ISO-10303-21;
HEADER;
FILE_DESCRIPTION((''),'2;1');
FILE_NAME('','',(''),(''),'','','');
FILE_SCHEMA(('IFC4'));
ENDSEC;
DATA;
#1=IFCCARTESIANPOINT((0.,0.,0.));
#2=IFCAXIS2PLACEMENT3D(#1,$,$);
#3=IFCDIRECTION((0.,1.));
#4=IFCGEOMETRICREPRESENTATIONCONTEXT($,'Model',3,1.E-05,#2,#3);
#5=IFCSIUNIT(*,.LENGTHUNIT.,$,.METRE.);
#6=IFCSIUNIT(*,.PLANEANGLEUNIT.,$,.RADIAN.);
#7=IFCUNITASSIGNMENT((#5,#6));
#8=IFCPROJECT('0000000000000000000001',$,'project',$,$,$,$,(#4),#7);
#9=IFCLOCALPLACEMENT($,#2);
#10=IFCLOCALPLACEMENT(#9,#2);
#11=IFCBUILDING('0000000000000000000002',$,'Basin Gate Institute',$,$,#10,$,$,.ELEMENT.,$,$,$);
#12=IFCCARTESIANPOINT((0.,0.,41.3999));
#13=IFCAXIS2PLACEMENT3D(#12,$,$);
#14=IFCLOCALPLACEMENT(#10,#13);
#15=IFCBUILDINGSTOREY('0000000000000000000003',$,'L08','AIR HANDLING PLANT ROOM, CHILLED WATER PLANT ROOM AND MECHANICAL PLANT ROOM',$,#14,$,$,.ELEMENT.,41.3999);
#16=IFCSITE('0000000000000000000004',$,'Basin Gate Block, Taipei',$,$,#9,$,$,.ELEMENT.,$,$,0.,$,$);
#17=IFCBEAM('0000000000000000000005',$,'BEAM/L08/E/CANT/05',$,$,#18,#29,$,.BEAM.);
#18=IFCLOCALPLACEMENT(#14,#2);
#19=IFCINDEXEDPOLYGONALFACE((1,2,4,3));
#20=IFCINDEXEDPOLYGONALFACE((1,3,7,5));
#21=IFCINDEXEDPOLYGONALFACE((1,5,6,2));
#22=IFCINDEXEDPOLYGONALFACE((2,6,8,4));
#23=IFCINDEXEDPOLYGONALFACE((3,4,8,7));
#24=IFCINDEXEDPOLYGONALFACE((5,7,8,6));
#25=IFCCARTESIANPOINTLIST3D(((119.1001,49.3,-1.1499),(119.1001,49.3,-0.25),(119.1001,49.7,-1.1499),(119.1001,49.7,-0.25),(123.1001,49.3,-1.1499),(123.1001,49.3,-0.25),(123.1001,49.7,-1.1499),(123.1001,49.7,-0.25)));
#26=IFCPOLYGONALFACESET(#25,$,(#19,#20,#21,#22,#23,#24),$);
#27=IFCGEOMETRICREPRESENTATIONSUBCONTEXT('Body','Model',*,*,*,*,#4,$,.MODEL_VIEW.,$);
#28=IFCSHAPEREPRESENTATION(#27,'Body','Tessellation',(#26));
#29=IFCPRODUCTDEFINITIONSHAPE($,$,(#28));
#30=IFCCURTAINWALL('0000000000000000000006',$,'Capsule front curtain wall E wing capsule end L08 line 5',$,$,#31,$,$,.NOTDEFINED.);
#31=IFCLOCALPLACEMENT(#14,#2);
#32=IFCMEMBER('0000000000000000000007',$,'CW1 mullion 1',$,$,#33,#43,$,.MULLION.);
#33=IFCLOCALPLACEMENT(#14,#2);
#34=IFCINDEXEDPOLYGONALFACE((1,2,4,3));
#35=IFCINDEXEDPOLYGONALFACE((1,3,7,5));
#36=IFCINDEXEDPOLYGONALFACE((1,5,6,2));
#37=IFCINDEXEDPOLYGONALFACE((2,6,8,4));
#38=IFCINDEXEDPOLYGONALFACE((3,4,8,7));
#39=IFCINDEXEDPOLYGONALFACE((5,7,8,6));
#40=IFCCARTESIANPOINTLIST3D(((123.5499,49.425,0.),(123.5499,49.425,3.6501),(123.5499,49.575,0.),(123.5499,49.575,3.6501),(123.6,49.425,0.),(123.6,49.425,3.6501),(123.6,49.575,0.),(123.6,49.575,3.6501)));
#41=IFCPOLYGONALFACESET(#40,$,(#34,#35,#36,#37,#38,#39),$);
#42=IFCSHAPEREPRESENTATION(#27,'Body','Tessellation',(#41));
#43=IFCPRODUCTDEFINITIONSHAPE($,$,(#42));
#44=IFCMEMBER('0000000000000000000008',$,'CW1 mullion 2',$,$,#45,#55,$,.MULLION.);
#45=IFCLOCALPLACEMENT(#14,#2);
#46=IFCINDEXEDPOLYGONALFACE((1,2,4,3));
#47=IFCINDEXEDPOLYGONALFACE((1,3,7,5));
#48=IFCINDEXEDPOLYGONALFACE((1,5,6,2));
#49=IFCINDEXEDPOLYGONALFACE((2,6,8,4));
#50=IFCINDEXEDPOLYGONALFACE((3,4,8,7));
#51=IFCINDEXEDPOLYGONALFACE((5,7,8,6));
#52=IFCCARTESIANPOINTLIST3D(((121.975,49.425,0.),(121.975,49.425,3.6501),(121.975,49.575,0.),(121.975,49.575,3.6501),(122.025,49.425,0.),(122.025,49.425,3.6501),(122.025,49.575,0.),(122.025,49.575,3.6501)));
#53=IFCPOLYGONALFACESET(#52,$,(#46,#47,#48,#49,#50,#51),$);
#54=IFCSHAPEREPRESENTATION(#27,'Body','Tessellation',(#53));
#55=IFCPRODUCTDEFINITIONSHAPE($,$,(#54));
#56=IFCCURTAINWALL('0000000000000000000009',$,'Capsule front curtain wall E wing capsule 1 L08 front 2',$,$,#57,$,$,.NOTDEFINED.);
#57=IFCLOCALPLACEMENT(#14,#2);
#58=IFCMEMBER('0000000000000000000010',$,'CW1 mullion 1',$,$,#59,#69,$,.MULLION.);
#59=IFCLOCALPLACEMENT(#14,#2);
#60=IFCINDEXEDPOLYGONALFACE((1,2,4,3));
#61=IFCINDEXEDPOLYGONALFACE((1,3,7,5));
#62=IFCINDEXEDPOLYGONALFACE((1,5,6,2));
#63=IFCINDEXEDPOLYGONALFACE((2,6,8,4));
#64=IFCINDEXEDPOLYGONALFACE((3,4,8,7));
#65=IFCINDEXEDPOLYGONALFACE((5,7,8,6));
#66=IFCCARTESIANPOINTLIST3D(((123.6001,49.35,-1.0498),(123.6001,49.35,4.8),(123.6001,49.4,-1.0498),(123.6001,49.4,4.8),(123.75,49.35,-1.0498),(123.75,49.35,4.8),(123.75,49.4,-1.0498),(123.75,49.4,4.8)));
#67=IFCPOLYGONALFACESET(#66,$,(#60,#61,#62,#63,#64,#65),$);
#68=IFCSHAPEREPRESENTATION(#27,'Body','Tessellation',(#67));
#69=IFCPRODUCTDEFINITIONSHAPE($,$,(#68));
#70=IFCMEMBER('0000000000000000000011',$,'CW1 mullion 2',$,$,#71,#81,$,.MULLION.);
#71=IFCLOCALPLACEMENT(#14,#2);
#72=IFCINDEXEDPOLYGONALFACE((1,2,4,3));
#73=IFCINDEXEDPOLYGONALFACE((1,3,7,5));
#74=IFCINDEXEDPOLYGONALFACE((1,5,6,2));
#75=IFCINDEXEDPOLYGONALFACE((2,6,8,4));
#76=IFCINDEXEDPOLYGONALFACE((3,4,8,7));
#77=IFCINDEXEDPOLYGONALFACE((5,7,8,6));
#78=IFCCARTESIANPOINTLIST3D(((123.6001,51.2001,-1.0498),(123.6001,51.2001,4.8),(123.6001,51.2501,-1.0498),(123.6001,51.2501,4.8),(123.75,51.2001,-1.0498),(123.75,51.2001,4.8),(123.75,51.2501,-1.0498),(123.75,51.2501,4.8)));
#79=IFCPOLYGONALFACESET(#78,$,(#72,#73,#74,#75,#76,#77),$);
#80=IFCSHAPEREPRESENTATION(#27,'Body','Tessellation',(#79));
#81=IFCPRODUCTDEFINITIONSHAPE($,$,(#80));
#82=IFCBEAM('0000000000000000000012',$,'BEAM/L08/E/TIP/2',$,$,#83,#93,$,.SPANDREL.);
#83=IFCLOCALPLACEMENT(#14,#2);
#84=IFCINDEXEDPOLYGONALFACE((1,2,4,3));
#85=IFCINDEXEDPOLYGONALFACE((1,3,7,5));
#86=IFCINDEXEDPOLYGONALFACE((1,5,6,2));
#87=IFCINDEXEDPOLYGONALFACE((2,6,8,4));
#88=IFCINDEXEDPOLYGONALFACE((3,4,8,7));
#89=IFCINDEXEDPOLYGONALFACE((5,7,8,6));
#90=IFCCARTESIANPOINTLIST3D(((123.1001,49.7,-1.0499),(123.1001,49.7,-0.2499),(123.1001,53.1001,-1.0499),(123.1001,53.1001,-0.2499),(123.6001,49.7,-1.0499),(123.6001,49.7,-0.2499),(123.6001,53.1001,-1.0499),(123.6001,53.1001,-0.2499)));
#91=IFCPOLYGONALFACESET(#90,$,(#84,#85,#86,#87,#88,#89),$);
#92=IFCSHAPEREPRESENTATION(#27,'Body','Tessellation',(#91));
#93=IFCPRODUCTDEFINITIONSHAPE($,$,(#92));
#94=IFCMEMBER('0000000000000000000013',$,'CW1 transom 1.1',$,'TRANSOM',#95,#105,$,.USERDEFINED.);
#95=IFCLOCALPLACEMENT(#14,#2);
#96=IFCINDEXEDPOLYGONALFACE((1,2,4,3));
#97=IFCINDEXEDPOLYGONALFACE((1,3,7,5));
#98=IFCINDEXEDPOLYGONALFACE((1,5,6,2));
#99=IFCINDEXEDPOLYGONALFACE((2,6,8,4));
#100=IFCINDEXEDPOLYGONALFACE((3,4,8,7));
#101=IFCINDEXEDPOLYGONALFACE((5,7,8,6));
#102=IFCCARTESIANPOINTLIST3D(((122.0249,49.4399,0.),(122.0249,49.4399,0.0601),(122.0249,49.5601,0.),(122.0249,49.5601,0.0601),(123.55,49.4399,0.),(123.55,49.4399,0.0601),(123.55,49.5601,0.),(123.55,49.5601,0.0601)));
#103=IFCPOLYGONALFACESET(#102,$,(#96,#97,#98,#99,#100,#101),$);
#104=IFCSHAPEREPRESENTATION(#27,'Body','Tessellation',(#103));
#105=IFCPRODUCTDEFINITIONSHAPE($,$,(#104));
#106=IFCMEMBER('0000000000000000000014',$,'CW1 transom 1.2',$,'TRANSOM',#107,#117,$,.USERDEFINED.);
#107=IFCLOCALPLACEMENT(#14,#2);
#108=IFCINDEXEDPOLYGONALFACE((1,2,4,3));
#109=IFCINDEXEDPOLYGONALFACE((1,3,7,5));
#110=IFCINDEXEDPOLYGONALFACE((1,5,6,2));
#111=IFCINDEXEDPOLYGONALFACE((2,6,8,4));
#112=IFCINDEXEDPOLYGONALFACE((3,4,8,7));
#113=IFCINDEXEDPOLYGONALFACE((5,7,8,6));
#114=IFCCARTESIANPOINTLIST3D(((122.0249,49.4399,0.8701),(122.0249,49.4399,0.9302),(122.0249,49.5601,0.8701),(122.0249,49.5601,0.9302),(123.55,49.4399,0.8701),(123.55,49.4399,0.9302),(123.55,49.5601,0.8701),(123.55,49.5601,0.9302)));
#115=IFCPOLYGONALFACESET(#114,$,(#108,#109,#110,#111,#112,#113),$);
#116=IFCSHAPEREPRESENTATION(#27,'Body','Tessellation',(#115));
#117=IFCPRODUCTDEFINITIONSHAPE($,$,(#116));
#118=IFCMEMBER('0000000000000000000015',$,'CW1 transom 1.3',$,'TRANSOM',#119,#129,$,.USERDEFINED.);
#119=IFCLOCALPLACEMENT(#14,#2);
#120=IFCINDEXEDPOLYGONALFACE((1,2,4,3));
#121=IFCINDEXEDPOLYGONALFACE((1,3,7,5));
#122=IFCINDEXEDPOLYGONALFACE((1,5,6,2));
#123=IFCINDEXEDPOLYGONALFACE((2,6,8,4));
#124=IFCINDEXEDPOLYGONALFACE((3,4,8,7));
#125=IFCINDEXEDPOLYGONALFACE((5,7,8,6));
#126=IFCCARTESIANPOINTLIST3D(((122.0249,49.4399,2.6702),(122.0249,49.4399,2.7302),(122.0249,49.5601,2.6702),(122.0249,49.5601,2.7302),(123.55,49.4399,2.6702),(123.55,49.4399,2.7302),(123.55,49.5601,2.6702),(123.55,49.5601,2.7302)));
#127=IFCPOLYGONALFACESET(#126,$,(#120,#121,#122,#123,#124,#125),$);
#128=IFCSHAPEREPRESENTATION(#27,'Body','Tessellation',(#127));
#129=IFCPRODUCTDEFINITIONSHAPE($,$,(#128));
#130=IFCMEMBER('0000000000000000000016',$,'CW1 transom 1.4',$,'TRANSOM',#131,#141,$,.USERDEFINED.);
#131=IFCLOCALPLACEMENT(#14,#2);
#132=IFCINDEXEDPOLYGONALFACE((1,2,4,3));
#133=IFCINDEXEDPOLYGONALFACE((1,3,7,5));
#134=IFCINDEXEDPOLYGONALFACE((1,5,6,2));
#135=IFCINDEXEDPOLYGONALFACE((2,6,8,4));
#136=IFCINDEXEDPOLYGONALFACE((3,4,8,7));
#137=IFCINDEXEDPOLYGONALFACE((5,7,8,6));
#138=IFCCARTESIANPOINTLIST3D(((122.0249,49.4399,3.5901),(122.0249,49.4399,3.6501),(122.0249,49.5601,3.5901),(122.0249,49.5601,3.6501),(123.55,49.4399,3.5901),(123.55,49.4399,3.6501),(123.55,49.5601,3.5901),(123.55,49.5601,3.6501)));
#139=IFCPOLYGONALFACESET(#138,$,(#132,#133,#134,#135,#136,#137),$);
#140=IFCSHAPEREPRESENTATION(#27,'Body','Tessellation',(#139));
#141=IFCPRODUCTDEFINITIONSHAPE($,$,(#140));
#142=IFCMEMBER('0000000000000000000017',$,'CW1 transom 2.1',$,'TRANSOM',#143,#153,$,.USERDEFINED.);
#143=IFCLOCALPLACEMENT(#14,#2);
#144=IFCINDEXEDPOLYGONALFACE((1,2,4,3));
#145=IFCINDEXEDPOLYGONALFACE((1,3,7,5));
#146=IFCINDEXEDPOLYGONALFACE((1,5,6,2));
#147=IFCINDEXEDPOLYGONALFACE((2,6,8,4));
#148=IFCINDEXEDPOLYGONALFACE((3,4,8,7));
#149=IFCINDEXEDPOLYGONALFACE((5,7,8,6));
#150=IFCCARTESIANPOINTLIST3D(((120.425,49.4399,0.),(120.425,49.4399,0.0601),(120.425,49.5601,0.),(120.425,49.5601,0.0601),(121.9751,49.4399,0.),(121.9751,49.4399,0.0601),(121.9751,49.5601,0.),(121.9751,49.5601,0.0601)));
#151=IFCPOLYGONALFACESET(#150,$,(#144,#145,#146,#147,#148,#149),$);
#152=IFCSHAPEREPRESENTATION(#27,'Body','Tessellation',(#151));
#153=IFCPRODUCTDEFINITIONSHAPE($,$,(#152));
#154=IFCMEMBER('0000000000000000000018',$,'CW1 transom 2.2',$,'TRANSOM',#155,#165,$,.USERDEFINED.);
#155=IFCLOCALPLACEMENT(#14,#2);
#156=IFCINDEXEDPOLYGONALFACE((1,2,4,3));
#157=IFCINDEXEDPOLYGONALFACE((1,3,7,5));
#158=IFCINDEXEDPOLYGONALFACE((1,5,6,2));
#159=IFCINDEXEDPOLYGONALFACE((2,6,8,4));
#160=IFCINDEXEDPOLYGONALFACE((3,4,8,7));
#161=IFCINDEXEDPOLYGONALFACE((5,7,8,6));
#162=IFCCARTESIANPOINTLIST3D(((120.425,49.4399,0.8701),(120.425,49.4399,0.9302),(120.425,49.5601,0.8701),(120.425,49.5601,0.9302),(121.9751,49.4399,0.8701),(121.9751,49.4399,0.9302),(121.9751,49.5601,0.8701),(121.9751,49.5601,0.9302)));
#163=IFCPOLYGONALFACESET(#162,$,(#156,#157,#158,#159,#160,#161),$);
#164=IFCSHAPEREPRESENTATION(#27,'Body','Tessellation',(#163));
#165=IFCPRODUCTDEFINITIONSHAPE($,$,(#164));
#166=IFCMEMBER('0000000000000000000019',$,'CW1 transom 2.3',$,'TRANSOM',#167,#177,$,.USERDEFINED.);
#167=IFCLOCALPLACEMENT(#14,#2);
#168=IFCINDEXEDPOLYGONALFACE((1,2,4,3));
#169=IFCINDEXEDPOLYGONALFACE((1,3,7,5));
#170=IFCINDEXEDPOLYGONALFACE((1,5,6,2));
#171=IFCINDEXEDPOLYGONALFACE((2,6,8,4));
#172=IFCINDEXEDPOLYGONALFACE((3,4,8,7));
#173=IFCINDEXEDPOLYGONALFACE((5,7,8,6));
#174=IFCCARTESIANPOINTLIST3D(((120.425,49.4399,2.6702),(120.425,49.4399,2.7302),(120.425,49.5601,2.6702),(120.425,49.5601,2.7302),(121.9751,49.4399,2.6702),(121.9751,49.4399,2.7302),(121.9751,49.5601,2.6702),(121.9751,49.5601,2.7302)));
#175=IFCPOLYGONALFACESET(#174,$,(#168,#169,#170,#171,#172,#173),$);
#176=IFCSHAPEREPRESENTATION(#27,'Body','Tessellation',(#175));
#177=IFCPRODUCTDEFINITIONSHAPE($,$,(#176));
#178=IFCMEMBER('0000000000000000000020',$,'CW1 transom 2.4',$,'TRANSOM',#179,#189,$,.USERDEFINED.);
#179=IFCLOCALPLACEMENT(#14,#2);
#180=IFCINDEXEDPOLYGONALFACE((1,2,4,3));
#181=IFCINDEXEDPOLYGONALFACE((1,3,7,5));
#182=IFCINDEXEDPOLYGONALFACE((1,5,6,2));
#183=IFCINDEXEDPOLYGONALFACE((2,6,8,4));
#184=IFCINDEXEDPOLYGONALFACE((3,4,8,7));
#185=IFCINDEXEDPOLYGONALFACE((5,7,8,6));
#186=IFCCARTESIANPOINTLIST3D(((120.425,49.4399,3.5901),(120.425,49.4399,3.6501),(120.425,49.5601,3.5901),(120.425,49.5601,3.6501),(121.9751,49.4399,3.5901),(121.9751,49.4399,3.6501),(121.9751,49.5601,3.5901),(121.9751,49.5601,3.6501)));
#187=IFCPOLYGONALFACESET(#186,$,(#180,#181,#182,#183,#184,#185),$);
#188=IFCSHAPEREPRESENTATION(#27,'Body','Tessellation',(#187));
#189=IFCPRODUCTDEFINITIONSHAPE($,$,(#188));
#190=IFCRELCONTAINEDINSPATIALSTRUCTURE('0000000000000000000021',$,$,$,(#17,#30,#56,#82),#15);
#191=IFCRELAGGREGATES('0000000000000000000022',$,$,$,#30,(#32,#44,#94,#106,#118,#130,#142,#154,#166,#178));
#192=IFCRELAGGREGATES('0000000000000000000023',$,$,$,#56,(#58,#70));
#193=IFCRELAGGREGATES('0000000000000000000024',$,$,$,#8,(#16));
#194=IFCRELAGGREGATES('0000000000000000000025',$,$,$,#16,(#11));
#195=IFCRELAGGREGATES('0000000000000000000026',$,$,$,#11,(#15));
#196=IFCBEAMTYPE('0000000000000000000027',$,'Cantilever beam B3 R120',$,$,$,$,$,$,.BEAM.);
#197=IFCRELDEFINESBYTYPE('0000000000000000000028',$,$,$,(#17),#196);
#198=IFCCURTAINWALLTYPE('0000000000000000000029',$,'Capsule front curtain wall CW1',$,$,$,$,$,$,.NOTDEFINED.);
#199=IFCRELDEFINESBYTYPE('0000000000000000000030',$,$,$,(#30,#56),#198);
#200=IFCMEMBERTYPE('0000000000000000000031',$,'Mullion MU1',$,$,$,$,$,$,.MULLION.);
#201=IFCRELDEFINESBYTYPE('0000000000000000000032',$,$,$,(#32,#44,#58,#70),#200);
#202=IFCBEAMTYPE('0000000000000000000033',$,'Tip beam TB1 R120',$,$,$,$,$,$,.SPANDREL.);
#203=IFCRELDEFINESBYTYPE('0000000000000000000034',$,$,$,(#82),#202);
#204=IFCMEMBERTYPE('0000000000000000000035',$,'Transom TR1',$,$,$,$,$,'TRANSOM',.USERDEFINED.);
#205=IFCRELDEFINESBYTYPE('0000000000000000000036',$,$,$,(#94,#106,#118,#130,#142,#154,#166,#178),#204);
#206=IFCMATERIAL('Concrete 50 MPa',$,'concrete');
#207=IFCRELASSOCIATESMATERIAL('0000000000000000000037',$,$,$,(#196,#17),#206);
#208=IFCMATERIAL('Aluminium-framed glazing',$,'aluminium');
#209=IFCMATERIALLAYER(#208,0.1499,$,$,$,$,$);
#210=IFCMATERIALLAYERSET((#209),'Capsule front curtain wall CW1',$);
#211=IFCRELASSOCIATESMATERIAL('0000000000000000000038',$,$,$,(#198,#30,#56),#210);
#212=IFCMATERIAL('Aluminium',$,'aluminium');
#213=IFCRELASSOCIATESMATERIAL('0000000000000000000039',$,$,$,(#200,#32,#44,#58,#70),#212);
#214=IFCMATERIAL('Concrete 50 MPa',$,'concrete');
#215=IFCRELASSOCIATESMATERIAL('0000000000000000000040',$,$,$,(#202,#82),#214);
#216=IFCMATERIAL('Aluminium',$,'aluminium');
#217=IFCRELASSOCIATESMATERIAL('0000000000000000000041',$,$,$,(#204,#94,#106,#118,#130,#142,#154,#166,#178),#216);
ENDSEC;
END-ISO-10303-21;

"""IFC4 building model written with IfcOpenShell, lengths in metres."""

from ifc_helpers import new_model, si_unit, direction, frame, origin, origin_2d, place, context, subcontext, project, spatial, rectangle, extrude, material, layer, layer_set, material_profile, profile_set, type_object, element, aggregate, save


model = new_model("IFC4")

# Units and contexts
model_context = context("Model", 3, precision=1e-05, world=origin(), true_north=direction((0.0, 1.0)))
body_context = subcontext(model_context, "Body", "Model", "MODEL_VIEW")
ifc_project = project(units=[si_unit("LENGTHUNIT", "METRE"), si_unit("PLANEANGLEUNIT", "RADIAN")], contexts=[model_context])

# Site, building, storey
site_placement = place(None, origin())
site = spatial("IfcSite", under=ifc_project, at=site_placement, Name="Basin Gate Block, Taipei", CompositionType="ELEMENT", RefElevation=0.0)
building_placement = place(site_placement, origin())
building = spatial("IfcBuilding", under=site, at=building_placement, Name="Basin Gate Institute", CompositionType="ELEMENT")
storey_placement = place(building_placement, frame((0.0, 0.0, 41.3999)))
storey = spatial("IfcBuildingStorey", under=building, at=storey_placement, Name="L08", Description="AIR HANDLING PLANT ROOM, CHILLED WATER PLANT ROOM AND MECHANICAL PLANT ROOM", CompositionType="ELEMENT", Elevation=41.3999)

# Beam
ifc_material_1 = material(Name="Concrete 50 MPa", Category="concrete")
ifc_material_profile_1 = material_profile(ifc_material_1, rectangle(XDim=0.3999, YDim=0.8999, at=origin_2d()), Name="Cantilever beam B3 400 x 900")
ifc_profile_set_1 = profile_set([ifc_material_profile_1], Name="Concrete 50 MPa")
beam_type_1 = type_object("IfcBeamType", Name="Cantilever beam B3 R120", PredefinedType="BEAM", material=ifc_profile_set_1)
beam_1_placement = place(storey_placement, frame((123.1001, 49.5, -0.7), z_axis=(-1.0, 0.0, 0.0), x_axis=(0.0, -1.0, 0.0)))
element("IfcBeam", 1, at=beam_1_placement, inside=storey, type_object=beam_type_1, material=ifc_profile_set_1, Name="BEAM/L08/E/CANT/05", PredefinedType="BEAM", context=body_context, shape_type="SweptSolid", body=[
    extrude(rectangle(XDim=0.3999, YDim=0.8999, at=origin_2d()), origin(), (0.0, 0.0, 1.0), 4.0),
])

# Curtain walls, members
ifc_material_2 = material(Name="Aluminium-framed glazing", Category="aluminium")
ifc_layer_1 = layer(ifc_material_2, 0.1499)
ifc_layer_set_1 = layer_set([ifc_layer_1], Name="Capsule front curtain wall CW1")
curtain_wall_type = type_object("IfcCurtainWallType", Name="Capsule front curtain wall CW1", PredefinedType="NOTDEFINED", material=ifc_layer_set_1)
curtain_wall_1_placement = place(storey_placement, origin())
curtain_wall_1 = element("IfcCurtainWall", 2, at=curtain_wall_1_placement, inside=storey, type_object=curtain_wall_type, material=ifc_layer_set_1, Name="Capsule front curtain wall E wing capsule end L08 line 5", PredefinedType="NOTDEFINED")
ifc_material_3 = material(Name="Aluminium", Category="aluminium")
ifc_material_profile_2 = material_profile(ifc_material_3, rectangle(XDim=0.1499, YDim=0.05, at=origin_2d()), Name="Mullion MU1 150 x 50")
ifc_profile_set_2 = profile_set([ifc_material_profile_2], Name="Aluminium")
member_type_1 = type_object("IfcMemberType", Name="Mullion MU1", PredefinedType="MULLION", material=ifc_profile_set_2)
member_1_placement = place(storey_placement, frame((123.575, 49.5, 0.0), z_axis=(0.0, 0.0, 1.0), x_axis=(0.0, -1.0, 0.0)))
member_1 = element("IfcMember", 3, at=member_1_placement, type_object=member_type_1, material=ifc_profile_set_2, Name="CW1 mullion 1", PredefinedType="MULLION", context=body_context, shape_type="SweptSolid", body=[
    extrude(rectangle(XDim=0.1499, YDim=0.05, at=origin_2d()), origin(), (0.0, 0.0, 1.0), 3.6501),
])
member_2_placement = place(storey_placement, frame((122.0, 49.5, 0.0), z_axis=(0.0, 0.0, 1.0), x_axis=(0.0, -1.0, 0.0)))
member_2 = element("IfcMember", 4, at=member_2_placement, type_object=member_type_1, material=ifc_profile_set_2, Name="CW1 mullion 2", PredefinedType="MULLION", context=body_context, shape_type="SweptSolid", body=[
    extrude(rectangle(XDim=0.1499, YDim=0.05, at=origin_2d()), origin(), (0.0, 0.0, 1.0), 3.6501),
])
curtain_wall_2_placement = place(storey_placement, origin())
curtain_wall_2 = element("IfcCurtainWall", 5, at=curtain_wall_2_placement, inside=storey, type_object=curtain_wall_type, material=ifc_layer_set_1, Name="Capsule front curtain wall E wing capsule 1 L08 front 2", PredefinedType="NOTDEFINED")
member_3_placement = place(storey_placement, frame((123.675, 49.375, -1.0498), z_axis=(0.0, 0.0, 1.0), x_axis=(-1.0, 0.0, 0.0)))
member_3 = element("IfcMember", 6, at=member_3_placement, type_object=member_type_1, material=ifc_profile_set_2, Name="CW1 mullion 1", PredefinedType="MULLION", context=body_context, shape_type="SweptSolid", body=[
    extrude(rectangle(XDim=0.1499, YDim=0.05, at=origin_2d()), origin(), (0.0, 0.0, 1.0), 5.8499),
])
member_4_placement = place(storey_placement, frame((123.675, 51.2251, -1.0498), z_axis=(0.0, 0.0, 1.0), x_axis=(-1.0, 0.0, 0.0)))
member_4 = element("IfcMember", 7, at=member_4_placement, type_object=member_type_1, material=ifc_profile_set_2, Name="CW1 mullion 2", PredefinedType="MULLION", context=body_context, shape_type="SweptSolid", body=[
    extrude(rectangle(XDim=0.1499, YDim=0.05, at=origin_2d()), origin(), (0.0, 0.0, 1.0), 5.8499),
])

# Beam
ifc_material_4 = material(Name="Concrete 50 MPa", Category="concrete")
ifc_material_profile_3 = material_profile(ifc_material_4, rectangle(XDim=0.5, YDim=0.8, at=origin_2d()), Name="Tip beam TB1 500 x 800")
ifc_profile_set_3 = profile_set([ifc_material_profile_3], Name="Concrete 50 MPa")
beam_type_2 = type_object("IfcBeamType", Name="Tip beam TB1 R120", PredefinedType="SPANDREL", material=ifc_profile_set_3)
beam_2_placement = place(storey_placement, frame((123.3501, 49.7, -0.6499), z_axis=(0.0, 1.0, 0.0), x_axis=(-1.0, 0.0, 0.0)))
element("IfcBeam", 8, at=beam_2_placement, inside=storey, type_object=beam_type_2, material=ifc_profile_set_3, Name="BEAM/L08/E/TIP/2", PredefinedType="SPANDREL", context=body_context, shape_type="SweptSolid", body=[
    extrude(rectangle(XDim=0.5, YDim=0.8, at=origin_2d()), origin(), (0.0, 0.0, 1.0), 3.4001),
])

# Members
ifc_material_5 = material(Name="Aluminium", Category="aluminium")
ifc_material_profile_4 = material_profile(ifc_material_5, rectangle(XDim=0.1201, YDim=0.0601, at=origin_2d()), Name="Transom TR1 120 x 60")
ifc_profile_set_4 = profile_set([ifc_material_profile_4], Name="Aluminium")
member_type_2 = type_object("IfcMemberType", Name="Transom TR1", ElementType="TRANSOM", PredefinedType="USERDEFINED", material=ifc_profile_set_4)
member_5_placement = place(storey_placement, frame((123.55, 49.5, 0.03), z_axis=(-1.0, 0.0, 0.0), x_axis=(0.0, -1.0, 0.0)))
member_5 = element("IfcMember", 9, at=member_5_placement, type_object=member_type_2, material=ifc_profile_set_4, Name="CW1 transom 1.1", ObjectType="TRANSOM", PredefinedType="USERDEFINED", context=body_context, shape_type="SweptSolid", body=[
    extrude(rectangle(XDim=0.1201, YDim=0.0601, at=origin_2d()), origin(), (0.0, 0.0, 1.0), 1.5251),
])
member_6_placement = place(storey_placement, frame((123.55, 49.5, 0.9001), z_axis=(-1.0, 0.0, 0.0), x_axis=(0.0, -1.0, 0.0)))
member_6 = element("IfcMember", 10, at=member_6_placement, type_object=member_type_2, material=ifc_profile_set_4, Name="CW1 transom 1.2", ObjectType="TRANSOM", PredefinedType="USERDEFINED", context=body_context, shape_type="SweptSolid", body=[
    extrude(rectangle(XDim=0.1201, YDim=0.0601, at=origin_2d()), origin(), (0.0, 0.0, 1.0), 1.5251),
])
member_7_placement = place(storey_placement, frame((123.55, 49.5, 2.7002), z_axis=(-1.0, 0.0, 0.0), x_axis=(0.0, -1.0, 0.0)))
member_7 = element("IfcMember", 11, at=member_7_placement, type_object=member_type_2, material=ifc_profile_set_4, Name="CW1 transom 1.3", ObjectType="TRANSOM", PredefinedType="USERDEFINED", context=body_context, shape_type="SweptSolid", body=[
    extrude(rectangle(XDim=0.1201, YDim=0.0601, at=origin_2d()), origin(), (0.0, 0.0, 1.0), 1.5251),
])
member_8_placement = place(storey_placement, frame((123.55, 49.5, 3.6201), z_axis=(-1.0, 0.0, 0.0), x_axis=(0.0, -1.0, 0.0)))
member_8 = element("IfcMember", 12, at=member_8_placement, type_object=member_type_2, material=ifc_profile_set_4, Name="CW1 transom 1.4", ObjectType="TRANSOM", PredefinedType="USERDEFINED", context=body_context, shape_type="SweptSolid", body=[
    extrude(rectangle(XDim=0.1201, YDim=0.0601, at=origin_2d()), origin(), (0.0, 0.0, 1.0), 1.5251),
])
member_9_placement = place(storey_placement, frame((121.9751, 49.5, 0.03), z_axis=(-1.0, 0.0, 0.0), x_axis=(0.0, -1.0, 0.0)))
member_9 = element("IfcMember", 13, at=member_9_placement, type_object=member_type_2, material=ifc_profile_set_4, Name="CW1 transom 2.1", ObjectType="TRANSOM", PredefinedType="USERDEFINED", context=body_context, shape_type="SweptSolid", body=[
    extrude(rectangle(XDim=0.1201, YDim=0.0601, at=origin_2d()), origin(), (0.0, 0.0, 1.0), 1.55),
])
member_10_placement = place(storey_placement, frame((121.9751, 49.5, 0.9001), z_axis=(-1.0, 0.0, 0.0), x_axis=(0.0, -1.0, 0.0)))
member_10 = element("IfcMember", 14, at=member_10_placement, type_object=member_type_2, material=ifc_profile_set_4, Name="CW1 transom 2.2", ObjectType="TRANSOM", PredefinedType="USERDEFINED", context=body_context, shape_type="SweptSolid", body=[
    extrude(rectangle(XDim=0.1201, YDim=0.0601, at=origin_2d()), origin(), (0.0, 0.0, 1.0), 1.55),
])
member_11_placement = place(storey_placement, frame((121.9751, 49.5, 2.7002), z_axis=(-1.0, 0.0, 0.0), x_axis=(0.0, -1.0, 0.0)))
member_11 = element("IfcMember", 15, at=member_11_placement, type_object=member_type_2, material=ifc_profile_set_4, Name="CW1 transom 2.3", ObjectType="TRANSOM", PredefinedType="USERDEFINED", context=body_context, shape_type="SweptSolid", body=[
    extrude(rectangle(XDim=0.1201, YDim=0.0601, at=origin_2d()), origin(), (0.0, 0.0, 1.0), 1.55),
])
member_12_placement = place(storey_placement, frame((121.9751, 49.5, 3.6201), z_axis=(-1.0, 0.0, 0.0), x_axis=(0.0, -1.0, 0.0)))
member_12 = element("IfcMember", 16, at=member_12_placement, type_object=member_type_2, material=ifc_profile_set_4, Name="CW1 transom 2.4", ObjectType="TRANSOM", PredefinedType="USERDEFINED", context=body_context, shape_type="SweptSolid", body=[
    extrude(rectangle(XDim=0.1201, YDim=0.0601, at=origin_2d()), origin(), (0.0, 0.0, 1.0), 1.55),
])

aggregate(curtain_wall_1, [member_1, member_2, member_5, member_6, member_7, member_8, member_9, member_10, member_11, member_12])
aggregate(curtain_wall_2, [member_3, member_4])

save(model, "model.ifc")
